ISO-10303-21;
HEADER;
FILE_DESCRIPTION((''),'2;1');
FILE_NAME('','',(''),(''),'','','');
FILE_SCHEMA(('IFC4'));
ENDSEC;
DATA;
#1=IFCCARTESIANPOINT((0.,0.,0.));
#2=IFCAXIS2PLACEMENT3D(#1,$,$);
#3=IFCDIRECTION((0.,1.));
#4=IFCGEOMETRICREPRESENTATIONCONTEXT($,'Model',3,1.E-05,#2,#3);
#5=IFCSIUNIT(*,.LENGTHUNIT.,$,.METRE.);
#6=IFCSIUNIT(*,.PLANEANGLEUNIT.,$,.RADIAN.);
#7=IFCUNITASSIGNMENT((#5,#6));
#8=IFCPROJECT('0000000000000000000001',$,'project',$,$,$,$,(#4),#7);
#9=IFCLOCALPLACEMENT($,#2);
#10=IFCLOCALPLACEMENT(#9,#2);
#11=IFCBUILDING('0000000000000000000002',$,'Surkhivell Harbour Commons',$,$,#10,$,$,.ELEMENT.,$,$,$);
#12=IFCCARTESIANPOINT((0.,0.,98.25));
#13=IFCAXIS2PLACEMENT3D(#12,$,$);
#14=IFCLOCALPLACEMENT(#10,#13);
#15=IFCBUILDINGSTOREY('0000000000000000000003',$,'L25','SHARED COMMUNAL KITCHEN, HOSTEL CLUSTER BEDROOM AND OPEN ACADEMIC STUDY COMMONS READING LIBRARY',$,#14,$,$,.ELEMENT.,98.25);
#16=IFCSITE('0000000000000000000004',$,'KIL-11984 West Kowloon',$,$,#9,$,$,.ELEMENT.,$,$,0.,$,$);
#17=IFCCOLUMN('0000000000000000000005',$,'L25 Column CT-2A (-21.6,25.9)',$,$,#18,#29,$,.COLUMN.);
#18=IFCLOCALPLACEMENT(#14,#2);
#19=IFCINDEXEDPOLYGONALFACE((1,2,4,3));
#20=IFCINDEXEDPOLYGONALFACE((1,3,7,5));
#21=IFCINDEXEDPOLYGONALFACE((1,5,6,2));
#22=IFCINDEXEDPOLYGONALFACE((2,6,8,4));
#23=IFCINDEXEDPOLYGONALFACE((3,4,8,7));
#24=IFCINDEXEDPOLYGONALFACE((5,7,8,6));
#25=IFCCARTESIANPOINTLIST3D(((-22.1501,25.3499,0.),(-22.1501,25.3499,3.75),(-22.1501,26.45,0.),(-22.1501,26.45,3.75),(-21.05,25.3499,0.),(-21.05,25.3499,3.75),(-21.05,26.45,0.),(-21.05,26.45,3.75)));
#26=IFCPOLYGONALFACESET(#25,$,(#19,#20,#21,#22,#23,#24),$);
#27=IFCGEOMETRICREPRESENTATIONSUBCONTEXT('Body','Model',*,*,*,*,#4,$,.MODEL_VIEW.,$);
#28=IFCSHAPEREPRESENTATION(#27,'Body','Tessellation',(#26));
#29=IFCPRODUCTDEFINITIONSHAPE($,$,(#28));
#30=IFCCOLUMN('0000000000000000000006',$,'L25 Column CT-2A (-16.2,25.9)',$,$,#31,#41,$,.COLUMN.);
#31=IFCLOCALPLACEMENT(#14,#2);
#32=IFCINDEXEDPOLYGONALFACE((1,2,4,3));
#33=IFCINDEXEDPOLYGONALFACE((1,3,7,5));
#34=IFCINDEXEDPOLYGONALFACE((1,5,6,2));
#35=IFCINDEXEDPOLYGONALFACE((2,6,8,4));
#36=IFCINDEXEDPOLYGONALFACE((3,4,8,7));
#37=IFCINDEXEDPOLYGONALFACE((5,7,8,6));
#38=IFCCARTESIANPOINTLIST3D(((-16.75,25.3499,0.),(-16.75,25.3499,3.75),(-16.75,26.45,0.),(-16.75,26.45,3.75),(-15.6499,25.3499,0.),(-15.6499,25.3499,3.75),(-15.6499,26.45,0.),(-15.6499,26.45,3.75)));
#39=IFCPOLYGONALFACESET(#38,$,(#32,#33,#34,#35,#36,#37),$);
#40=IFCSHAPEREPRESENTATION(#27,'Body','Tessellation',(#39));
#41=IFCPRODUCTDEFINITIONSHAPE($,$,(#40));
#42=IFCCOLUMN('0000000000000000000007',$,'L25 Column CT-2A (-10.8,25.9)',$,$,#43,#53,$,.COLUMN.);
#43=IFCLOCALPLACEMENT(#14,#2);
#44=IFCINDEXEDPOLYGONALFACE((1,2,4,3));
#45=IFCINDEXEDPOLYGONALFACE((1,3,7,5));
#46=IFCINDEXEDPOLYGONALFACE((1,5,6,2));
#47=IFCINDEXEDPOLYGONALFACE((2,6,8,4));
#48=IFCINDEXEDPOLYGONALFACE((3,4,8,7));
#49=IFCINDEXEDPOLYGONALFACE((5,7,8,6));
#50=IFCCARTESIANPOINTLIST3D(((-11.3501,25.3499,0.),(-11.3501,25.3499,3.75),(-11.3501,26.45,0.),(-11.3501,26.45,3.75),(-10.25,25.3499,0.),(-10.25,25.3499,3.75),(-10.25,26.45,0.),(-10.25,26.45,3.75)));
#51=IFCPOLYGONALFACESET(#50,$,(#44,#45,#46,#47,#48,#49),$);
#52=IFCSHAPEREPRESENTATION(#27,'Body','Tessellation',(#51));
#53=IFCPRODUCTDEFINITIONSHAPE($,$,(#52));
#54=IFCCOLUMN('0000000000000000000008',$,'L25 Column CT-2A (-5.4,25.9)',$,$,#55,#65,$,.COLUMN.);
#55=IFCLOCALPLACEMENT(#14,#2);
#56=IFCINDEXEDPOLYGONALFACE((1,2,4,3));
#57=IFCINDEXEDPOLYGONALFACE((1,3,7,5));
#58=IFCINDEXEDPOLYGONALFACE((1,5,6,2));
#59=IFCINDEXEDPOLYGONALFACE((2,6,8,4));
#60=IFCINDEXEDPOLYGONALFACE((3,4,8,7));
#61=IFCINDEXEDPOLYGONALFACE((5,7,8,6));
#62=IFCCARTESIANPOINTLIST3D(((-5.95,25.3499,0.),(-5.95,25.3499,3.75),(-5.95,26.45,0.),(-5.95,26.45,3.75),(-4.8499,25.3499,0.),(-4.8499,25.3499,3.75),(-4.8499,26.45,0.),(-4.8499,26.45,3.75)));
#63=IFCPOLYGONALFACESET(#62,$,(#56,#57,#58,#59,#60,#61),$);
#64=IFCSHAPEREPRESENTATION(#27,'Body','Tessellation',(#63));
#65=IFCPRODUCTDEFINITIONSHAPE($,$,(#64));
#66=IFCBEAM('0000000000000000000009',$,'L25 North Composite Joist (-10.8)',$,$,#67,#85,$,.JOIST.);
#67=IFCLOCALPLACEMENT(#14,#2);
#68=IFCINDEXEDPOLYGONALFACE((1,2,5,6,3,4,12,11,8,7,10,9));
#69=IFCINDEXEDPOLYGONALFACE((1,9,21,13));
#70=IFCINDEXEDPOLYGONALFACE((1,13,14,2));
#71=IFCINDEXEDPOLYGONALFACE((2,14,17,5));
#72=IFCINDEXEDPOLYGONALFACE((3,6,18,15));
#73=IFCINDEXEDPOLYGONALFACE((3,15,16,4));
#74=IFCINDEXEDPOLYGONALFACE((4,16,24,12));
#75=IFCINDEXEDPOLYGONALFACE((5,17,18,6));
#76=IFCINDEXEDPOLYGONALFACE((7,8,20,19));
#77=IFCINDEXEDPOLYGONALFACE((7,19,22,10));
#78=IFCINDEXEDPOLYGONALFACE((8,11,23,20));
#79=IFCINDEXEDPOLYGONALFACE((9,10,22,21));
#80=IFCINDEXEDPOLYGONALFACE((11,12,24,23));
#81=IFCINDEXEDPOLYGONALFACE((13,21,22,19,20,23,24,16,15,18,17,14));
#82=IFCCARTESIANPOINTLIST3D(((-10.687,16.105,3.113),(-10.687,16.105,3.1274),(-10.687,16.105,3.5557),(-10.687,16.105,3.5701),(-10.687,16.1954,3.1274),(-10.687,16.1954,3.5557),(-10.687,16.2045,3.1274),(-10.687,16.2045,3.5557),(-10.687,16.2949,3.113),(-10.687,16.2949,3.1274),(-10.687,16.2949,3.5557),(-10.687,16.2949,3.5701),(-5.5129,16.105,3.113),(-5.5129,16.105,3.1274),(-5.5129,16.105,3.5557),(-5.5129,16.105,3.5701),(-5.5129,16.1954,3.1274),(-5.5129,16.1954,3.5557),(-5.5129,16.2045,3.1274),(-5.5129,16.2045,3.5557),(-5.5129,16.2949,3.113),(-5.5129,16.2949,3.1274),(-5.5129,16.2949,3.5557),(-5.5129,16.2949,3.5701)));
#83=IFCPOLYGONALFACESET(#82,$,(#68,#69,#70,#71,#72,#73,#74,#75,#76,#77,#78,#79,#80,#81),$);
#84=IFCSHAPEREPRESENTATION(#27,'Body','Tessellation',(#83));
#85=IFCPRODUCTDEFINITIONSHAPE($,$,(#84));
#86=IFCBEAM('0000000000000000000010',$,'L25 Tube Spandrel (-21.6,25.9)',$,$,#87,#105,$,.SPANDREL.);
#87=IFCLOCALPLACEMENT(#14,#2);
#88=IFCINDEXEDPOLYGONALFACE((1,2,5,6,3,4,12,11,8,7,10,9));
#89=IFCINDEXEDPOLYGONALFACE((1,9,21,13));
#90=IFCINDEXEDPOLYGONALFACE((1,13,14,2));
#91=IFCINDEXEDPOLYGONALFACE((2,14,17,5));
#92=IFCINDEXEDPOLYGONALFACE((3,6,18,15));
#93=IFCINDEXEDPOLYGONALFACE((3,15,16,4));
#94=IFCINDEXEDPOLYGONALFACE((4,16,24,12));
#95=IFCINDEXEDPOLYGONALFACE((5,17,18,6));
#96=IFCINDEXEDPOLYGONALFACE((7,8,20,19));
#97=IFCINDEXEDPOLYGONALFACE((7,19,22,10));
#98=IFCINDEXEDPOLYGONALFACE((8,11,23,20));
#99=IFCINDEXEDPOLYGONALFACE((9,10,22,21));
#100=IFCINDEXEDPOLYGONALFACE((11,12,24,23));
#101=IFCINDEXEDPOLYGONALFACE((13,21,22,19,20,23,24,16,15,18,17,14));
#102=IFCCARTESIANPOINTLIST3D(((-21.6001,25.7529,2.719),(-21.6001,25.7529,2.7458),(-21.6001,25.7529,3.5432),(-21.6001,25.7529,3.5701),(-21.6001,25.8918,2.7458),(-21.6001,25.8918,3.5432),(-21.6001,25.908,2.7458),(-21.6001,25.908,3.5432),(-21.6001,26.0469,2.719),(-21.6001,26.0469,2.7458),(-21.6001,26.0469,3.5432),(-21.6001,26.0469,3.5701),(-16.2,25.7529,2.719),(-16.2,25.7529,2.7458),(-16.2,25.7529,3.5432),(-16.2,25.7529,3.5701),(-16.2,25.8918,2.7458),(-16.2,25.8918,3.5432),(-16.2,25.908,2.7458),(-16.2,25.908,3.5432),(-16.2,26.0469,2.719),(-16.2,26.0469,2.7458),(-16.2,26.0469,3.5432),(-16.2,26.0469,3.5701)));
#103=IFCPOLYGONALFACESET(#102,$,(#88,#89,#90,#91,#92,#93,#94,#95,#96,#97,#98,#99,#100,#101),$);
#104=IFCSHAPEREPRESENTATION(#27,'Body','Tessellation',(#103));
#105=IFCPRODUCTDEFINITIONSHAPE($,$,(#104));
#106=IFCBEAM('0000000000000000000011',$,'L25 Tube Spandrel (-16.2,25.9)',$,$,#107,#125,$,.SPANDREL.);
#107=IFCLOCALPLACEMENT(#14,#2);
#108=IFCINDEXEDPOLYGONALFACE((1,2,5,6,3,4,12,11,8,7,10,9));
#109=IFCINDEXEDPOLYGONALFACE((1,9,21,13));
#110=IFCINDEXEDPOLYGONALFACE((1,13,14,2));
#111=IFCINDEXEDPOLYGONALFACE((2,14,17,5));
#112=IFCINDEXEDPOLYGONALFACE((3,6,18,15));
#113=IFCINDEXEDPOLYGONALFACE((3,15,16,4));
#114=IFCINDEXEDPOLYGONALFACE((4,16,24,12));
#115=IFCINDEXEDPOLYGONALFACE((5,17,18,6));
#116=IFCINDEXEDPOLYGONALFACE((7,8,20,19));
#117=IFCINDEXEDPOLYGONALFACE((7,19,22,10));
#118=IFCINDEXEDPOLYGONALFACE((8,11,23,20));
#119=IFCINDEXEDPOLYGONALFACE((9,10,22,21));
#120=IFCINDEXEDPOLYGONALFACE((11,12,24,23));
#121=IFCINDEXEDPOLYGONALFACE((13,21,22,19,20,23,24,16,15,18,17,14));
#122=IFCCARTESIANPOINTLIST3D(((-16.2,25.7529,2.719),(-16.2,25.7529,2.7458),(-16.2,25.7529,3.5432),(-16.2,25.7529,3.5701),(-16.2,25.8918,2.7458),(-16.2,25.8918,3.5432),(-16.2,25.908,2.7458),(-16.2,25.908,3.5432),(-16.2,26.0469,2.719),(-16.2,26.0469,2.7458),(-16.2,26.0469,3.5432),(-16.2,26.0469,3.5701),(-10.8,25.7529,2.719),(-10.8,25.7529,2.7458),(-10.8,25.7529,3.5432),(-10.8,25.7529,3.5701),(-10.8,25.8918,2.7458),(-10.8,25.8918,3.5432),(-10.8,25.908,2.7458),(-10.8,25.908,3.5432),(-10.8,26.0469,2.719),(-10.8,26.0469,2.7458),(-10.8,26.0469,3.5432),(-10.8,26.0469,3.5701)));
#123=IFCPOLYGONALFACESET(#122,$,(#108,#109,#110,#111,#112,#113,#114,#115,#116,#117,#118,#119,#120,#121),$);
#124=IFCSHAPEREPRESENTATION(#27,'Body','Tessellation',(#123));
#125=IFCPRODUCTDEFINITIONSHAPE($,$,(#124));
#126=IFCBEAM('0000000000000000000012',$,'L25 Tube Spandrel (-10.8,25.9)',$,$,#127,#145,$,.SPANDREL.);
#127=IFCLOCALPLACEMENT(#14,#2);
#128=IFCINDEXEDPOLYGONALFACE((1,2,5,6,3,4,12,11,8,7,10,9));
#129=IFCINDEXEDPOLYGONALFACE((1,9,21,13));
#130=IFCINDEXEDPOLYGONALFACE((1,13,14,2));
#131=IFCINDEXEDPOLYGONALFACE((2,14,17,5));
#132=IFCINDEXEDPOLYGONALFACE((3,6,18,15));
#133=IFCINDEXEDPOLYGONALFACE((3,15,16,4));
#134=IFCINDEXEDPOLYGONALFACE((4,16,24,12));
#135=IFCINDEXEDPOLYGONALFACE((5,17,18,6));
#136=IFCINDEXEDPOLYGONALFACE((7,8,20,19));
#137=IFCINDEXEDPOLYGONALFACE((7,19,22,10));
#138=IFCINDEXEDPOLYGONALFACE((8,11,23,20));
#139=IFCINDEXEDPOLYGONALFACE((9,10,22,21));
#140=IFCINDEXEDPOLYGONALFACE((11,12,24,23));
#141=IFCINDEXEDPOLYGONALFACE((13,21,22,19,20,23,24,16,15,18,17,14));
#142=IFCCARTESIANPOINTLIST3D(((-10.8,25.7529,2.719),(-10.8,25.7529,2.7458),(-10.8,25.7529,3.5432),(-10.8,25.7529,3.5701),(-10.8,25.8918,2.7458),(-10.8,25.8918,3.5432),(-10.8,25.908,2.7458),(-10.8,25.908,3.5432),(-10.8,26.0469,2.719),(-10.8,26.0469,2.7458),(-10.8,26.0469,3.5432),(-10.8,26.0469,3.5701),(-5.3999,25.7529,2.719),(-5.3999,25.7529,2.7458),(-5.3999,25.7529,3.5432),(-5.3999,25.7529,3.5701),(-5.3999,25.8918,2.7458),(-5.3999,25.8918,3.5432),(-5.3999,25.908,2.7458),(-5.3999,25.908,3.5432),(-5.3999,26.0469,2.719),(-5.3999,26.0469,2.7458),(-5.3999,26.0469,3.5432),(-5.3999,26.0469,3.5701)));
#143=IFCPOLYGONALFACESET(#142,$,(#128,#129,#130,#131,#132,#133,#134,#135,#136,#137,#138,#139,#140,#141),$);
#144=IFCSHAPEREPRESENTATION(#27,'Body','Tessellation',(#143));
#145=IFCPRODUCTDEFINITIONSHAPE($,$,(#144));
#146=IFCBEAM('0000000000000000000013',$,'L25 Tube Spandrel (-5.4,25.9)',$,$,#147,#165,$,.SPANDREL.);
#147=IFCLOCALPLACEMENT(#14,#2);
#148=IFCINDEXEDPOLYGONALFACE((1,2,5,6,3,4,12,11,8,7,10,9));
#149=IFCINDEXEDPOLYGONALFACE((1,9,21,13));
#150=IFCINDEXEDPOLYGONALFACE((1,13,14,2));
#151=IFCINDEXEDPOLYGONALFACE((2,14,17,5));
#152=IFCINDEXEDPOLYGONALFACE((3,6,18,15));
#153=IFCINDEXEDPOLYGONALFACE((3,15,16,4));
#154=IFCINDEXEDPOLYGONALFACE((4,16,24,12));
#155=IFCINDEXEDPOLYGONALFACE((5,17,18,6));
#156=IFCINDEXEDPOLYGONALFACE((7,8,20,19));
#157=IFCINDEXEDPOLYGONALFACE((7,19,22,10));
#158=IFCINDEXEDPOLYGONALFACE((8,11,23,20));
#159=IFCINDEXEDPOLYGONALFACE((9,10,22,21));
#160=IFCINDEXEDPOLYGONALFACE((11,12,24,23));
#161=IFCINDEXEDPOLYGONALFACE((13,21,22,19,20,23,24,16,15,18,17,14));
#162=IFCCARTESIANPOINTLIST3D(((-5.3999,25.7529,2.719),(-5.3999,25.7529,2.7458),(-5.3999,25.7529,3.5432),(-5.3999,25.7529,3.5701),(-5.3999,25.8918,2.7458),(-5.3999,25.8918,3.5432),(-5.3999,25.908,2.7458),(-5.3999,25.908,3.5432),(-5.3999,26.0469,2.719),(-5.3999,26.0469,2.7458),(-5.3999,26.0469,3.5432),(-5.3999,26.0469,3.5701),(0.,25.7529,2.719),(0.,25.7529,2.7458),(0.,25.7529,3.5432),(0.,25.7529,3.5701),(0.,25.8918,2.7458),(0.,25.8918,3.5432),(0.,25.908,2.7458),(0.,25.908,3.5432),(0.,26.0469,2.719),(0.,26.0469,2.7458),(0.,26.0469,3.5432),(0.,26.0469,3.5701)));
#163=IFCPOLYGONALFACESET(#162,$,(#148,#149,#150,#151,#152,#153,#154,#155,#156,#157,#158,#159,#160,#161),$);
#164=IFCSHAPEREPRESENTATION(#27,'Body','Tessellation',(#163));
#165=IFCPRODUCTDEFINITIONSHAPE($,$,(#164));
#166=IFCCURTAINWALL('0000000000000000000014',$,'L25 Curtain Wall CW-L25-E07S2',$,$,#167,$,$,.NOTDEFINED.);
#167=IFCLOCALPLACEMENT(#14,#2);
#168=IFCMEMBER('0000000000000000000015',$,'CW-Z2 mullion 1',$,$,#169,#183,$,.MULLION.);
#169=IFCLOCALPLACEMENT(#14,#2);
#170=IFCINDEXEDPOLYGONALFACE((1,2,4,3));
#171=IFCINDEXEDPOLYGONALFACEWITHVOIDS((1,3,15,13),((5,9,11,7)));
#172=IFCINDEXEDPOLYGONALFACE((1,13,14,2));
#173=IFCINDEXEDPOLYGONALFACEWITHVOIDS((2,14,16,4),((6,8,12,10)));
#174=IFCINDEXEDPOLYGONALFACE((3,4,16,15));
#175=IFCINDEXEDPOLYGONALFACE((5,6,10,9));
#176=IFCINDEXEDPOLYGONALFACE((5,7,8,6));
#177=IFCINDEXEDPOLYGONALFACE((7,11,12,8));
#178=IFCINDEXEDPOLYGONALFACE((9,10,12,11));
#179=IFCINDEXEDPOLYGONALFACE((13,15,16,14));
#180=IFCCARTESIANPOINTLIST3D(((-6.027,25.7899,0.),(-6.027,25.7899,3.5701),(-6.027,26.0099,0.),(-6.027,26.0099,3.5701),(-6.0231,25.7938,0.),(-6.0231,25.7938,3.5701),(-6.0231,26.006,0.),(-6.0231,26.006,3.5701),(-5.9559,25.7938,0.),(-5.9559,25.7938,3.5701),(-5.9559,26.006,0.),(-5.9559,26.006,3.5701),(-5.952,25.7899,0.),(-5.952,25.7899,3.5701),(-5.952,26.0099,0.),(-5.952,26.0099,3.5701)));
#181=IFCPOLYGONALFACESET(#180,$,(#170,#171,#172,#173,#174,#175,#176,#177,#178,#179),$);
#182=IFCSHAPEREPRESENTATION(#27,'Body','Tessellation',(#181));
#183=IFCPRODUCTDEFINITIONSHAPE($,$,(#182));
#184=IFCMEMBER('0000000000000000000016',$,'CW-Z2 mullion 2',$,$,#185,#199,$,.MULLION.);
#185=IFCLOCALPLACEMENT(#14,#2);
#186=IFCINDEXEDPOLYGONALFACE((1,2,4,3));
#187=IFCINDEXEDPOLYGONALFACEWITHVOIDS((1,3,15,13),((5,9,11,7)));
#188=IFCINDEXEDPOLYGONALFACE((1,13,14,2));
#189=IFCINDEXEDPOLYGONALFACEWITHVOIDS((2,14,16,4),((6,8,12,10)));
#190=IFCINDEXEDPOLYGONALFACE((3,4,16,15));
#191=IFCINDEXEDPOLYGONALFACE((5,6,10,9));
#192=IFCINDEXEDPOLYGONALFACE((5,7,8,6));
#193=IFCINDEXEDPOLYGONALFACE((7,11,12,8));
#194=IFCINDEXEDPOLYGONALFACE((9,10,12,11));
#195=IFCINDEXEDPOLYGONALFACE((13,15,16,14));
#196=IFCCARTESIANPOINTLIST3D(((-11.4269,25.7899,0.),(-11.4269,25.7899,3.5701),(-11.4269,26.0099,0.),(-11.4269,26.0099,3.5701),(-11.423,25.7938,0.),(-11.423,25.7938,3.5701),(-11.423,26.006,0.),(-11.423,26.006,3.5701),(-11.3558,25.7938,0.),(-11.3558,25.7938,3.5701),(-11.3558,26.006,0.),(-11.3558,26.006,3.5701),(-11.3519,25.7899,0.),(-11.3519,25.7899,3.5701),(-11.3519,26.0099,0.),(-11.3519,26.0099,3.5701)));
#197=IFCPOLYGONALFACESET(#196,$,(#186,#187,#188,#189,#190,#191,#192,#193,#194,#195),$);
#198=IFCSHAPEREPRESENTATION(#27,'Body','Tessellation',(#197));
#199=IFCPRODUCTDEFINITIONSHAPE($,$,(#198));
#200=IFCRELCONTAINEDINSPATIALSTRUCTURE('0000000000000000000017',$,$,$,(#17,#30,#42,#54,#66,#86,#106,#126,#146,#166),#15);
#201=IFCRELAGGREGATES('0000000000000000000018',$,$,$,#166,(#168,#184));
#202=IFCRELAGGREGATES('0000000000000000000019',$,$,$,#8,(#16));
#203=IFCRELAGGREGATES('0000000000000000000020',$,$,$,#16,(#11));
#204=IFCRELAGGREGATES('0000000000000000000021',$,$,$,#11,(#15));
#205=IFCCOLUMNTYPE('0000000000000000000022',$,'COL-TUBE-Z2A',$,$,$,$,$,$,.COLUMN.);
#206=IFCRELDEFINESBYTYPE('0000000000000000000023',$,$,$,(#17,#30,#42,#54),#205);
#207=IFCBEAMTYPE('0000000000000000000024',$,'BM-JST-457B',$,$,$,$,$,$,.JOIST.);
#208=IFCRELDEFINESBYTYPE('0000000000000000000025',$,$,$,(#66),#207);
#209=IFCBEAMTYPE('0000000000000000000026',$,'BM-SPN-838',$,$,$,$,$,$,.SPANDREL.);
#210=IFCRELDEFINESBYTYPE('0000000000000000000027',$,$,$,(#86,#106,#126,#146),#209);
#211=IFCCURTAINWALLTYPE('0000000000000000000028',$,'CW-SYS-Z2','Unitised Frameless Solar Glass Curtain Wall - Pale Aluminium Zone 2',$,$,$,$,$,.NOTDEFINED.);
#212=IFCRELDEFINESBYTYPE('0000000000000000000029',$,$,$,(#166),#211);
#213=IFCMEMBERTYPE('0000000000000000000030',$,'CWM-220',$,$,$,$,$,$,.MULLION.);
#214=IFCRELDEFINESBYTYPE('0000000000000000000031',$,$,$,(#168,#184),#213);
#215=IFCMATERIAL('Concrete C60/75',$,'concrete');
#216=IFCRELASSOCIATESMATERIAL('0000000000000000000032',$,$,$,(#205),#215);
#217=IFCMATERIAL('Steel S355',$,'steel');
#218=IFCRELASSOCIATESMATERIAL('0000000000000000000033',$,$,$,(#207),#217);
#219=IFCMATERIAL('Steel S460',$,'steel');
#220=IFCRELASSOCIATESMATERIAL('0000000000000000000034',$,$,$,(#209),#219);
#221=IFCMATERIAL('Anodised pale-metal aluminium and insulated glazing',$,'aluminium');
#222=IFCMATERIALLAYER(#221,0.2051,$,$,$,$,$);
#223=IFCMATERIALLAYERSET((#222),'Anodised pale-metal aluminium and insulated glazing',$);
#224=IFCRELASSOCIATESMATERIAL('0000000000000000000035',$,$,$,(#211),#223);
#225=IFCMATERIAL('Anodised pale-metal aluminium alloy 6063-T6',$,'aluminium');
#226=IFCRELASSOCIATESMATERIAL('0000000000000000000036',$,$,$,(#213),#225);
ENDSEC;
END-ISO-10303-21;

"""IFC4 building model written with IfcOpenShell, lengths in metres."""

from ifc_helpers import new_model, si_unit, direction, frame, origin, origin_2d, place, context, subcontext, project, spatial, rectangle, hollow_rectangle, i_section, extrude, material, layer, layer_set, material_profile, profile_set, type_object, element, aggregate, save


model = new_model("IFC4")

# Units and contexts
model_context = context("Model", 3, precision=1e-05, world=origin(), true_north=direction((0.0, 1.0)))
body_context = subcontext(model_context, "Body", "Model", "MODEL_VIEW")
ifc_project = project(units=[si_unit("LENGTHUNIT", "METRE"), si_unit("PLANEANGLEUNIT", "RADIAN")], contexts=[model_context])

# Site, building, storey
site_placement = place(None, origin())
site = spatial("IfcSite", under=ifc_project, at=site_placement, Name="KIL-11984 West Kowloon", CompositionType="ELEMENT", RefElevation=0.0)
building_placement = place(site_placement, origin())
building = spatial("IfcBuilding", under=site, at=building_placement, Name="Surkhivell Harbour Commons", CompositionType="ELEMENT")
storey_placement = place(building_placement, frame((0.0, 0.0, 98.25)))
storey = spatial("IfcBuildingStorey", under=building, at=storey_placement, Name="L25", Description="SHARED COMMUNAL KITCHEN, HOSTEL CLUSTER BEDROOM AND OPEN ACADEMIC STUDY COMMONS READING LIBRARY", CompositionType="ELEMENT", Elevation=98.25)

# Columns
ifc_material_1 = material(Name="Concrete C60/75", Category="concrete")
ifc_material_profile_1 = material_profile(ifc_material_1, rectangle(XDim=1.1001, YDim=1.1001, at=origin_2d()), Name="RC-COL-1100x1100")
ifc_profile_set_1 = profile_set([ifc_material_profile_1], Name="Concrete C60/75")
column_type = type_object("IfcColumnType", Name="COL-TUBE-Z2A", PredefinedType="COLUMN", material=ifc_profile_set_1)
for number, where, z_axis, x_axis, name in (
    (1, (-21.6001, 25.8999, 0.0), (0.0, 0.0, 1.0), (1.0, 0.0, 0.0), "L25 Column CT-2A (-21.6,25.9)"),
    (2, (-16.2, 25.8999, 0.0), (0.0, 0.0, 1.0), (1.0, 0.0, 0.0), "L25 Column CT-2A (-16.2,25.9)"),
    (3, (-10.8, 25.8999, 0.0), (0.0, 0.0, 1.0), (1.0, 0.0, 0.0), "L25 Column CT-2A (-10.8,25.9)"),
    (4, (-5.3999, 25.8999, 0.0), (0.0, 0.0, 1.0), (1.0, 0.0, 0.0), "L25 Column CT-2A (-5.4,25.9)"),
):
    element("IfcColumn", number, at=place(storey_placement, frame(where, z_axis=z_axis, x_axis=x_axis)), inside=storey, type_object=column_type, Name=name, PredefinedType="COLUMN", context=body_context, shape_type="SweptSolid", body=[
        extrude(rectangle(XDim=1.1001, YDim=1.1001, at=origin_2d()), origin(), (0.0, 0.0, 1.0), 3.75),
    ])

# Beams
ifc_material_2 = material(Name="Steel S355", Category="steel")
ifc_material_profile_2 = material_profile(ifc_material_2, i_section(OverallWidth=0.1899, OverallDepth=0.457, WebThickness=0.009, FlangeThickness=0.0144, at=origin_2d()), Name="UB457x191x74")
ifc_profile_set_2 = profile_set([ifc_material_profile_2], Name="Steel S355")
beam_type_1 = type_object("IfcBeamType", Name="BM-JST-457B", PredefinedType="JOIST", material=ifc_profile_set_2)
beam_1_placement = place(storey_placement, frame((-10.687, 16.2, 3.3416), z_axis=(1.0, 0.0, 0.0), x_axis=(0.0, 1.0, 0.0)))
element("IfcBeam", 5, at=beam_1_placement, inside=storey, type_object=beam_type_1, Name="L25 North Composite Joist (-10.8)", PredefinedType="JOIST", context=body_context, shape_type="SweptSolid", body=[
    extrude(i_section(OverallWidth=0.1899, OverallDepth=0.457, WebThickness=0.009, FlangeThickness=0.0144, at=origin_2d()), origin(), (0.0, 0.0, 1.0), 5.1741),
])
ifc_material_3 = material(Name="Steel S460", Category="steel")
ifc_material_profile_3 = material_profile(ifc_material_3, i_section(OverallWidth=0.2939, OverallDepth=0.8511, WebThickness=0.0161, FlangeThickness=0.0269, at=origin_2d()), Name="UB838x292x226")
ifc_profile_set_3 = profile_set([ifc_material_profile_3], Name="Steel S460")
beam_type_2 = type_object("IfcBeamType", Name="BM-SPN-838", PredefinedType="SPANDREL", material=ifc_profile_set_3)
beam_2_placement = place(storey_placement, frame((-21.6001, 25.8999, 3.1445), z_axis=(1.0, 0.0, 0.0), x_axis=(0.0, 1.0, 0.0)))
element("IfcBeam", 6, at=beam_2_placement, inside=storey, type_object=beam_type_2, Name="L25 Tube Spandrel (-21.6,25.9)", PredefinedType="SPANDREL", context=body_context, shape_type="SweptSolid", body=[
    extrude(i_section(OverallWidth=0.2939, OverallDepth=0.8511, WebThickness=0.0161, FlangeThickness=0.0269, at=origin_2d()), origin(), (0.0, 0.0, 1.0), 5.4001),
])
beam_3_placement = place(storey_placement, frame((-16.2, 25.8999, 3.1445), z_axis=(1.0, 0.0, 0.0), x_axis=(0.0, 1.0, 0.0)))
element("IfcBeam", 7, at=beam_3_placement, inside=storey, type_object=beam_type_2, Name="L25 Tube Spandrel (-16.2,25.9)", PredefinedType="SPANDREL", context=body_context, shape_type="SweptSolid", body=[
    extrude(i_section(OverallWidth=0.2939, OverallDepth=0.8511, WebThickness=0.0161, FlangeThickness=0.0269, at=origin_2d()), origin(), (0.0, 0.0, 1.0), 5.3999),
])
beam_4_placement = place(storey_placement, frame((-10.8, 25.8999, 3.1445), z_axis=(1.0, 0.0, 0.0), x_axis=(0.0, 1.0, 0.0)))
element("IfcBeam", 8, at=beam_4_placement, inside=storey, type_object=beam_type_2, Name="L25 Tube Spandrel (-10.8,25.9)", PredefinedType="SPANDREL", context=body_context, shape_type="SweptSolid", body=[
    extrude(i_section(OverallWidth=0.2939, OverallDepth=0.8511, WebThickness=0.0161, FlangeThickness=0.0269, at=origin_2d()), origin(), (0.0, 0.0, 1.0), 5.4001),
])
beam_5_placement = place(storey_placement, frame((-5.3999, 25.8999, 3.1445), z_axis=(1.0, 0.0, 0.0), x_axis=(0.0, 1.0, 0.0)))
element("IfcBeam", 9, at=beam_5_placement, inside=storey, type_object=beam_type_2, Name="L25 Tube Spandrel (-5.4,25.9)", PredefinedType="SPANDREL", context=body_context, shape_type="SweptSolid", body=[
    extrude(i_section(OverallWidth=0.2939, OverallDepth=0.8511, WebThickness=0.0161, FlangeThickness=0.0269, at=origin_2d()), origin(), (0.0, 0.0, 1.0), 5.3999),
])

# Curtain wall, members
ifc_material_4 = material(Name="Anodised pale-metal aluminium and insulated glazing", Category="aluminium")
ifc_layer_1 = layer(ifc_material_4, 0.2051)
ifc_layer_set_1 = layer_set([ifc_layer_1], Name="Anodised pale-metal aluminium and insulated glazing")
curtain_wall_type = type_object("IfcCurtainWallType", Name="CW-SYS-Z2", Description="Unitised Frameless Solar Glass Curtain Wall - Pale Aluminium Zone 2", PredefinedType="NOTDEFINED", material=ifc_layer_set_1)
curtain_wall_placement = place(storey_placement, origin())
curtain_wall = element("IfcCurtainWall", 10, at=curtain_wall_placement, inside=storey, type_object=curtain_wall_type, Name="L25 Curtain Wall CW-L25-E07S2", PredefinedType="NOTDEFINED")
ifc_material_5 = material(Name="Anodised pale-metal aluminium alloy 6063-T6", Category="aluminium")
ifc_material_profile_4 = material_profile(ifc_material_5, hollow_rectangle(XDim=0.075, YDim=0.22, WallThickness=0.0039, at=origin_2d()), Name="ALU-MULL-75x220")
ifc_profile_set_4 = profile_set([ifc_material_profile_4], Name="Anodised pale-metal aluminium alloy 6063-T6")
member_type_1 = type_object("IfcMemberType", Name="CWM-220", PredefinedType="MULLION", material=ifc_profile_set_4)
member_1_placement = place(storey_placement, frame((-5.9895, 25.8999, 0.0), z_axis=(0.0, 0.0, 1.0), x_axis=(-1.0, 0.0, 0.0)))
member_1 = element("IfcMember", 11, at=member_1_placement, type_object=member_type_1, Name="CW-Z2 mullion 1", PredefinedType="MULLION", context=body_context, shape_type="SweptSolid", body=[
    extrude(hollow_rectangle(XDim=0.075, YDim=0.22, WallThickness=0.0039, at=origin_2d()), origin(), (0.0, 0.0, 1.0), 3.5701),
])
member_2_placement = place(storey_placement, frame((-11.3894, 25.8999, 0.0), z_axis=(0.0, 0.0, 1.0), x_axis=(-1.0, 0.0, 0.0)))
member_2 = element("IfcMember", 12, at=member_2_placement, type_object=member_type_1, Name="CW-Z2 mullion 2", PredefinedType="MULLION", context=body_context, shape_type="SweptSolid", body=[
    extrude(hollow_rectangle(XDim=0.075, YDim=0.22, WallThickness=0.0039, at=origin_2d()), origin(), (0.0, 0.0, 1.0), 3.5701),
])
aggregate(curtain_wall, [member_1, member_2])

save(model, "model.ifc")
